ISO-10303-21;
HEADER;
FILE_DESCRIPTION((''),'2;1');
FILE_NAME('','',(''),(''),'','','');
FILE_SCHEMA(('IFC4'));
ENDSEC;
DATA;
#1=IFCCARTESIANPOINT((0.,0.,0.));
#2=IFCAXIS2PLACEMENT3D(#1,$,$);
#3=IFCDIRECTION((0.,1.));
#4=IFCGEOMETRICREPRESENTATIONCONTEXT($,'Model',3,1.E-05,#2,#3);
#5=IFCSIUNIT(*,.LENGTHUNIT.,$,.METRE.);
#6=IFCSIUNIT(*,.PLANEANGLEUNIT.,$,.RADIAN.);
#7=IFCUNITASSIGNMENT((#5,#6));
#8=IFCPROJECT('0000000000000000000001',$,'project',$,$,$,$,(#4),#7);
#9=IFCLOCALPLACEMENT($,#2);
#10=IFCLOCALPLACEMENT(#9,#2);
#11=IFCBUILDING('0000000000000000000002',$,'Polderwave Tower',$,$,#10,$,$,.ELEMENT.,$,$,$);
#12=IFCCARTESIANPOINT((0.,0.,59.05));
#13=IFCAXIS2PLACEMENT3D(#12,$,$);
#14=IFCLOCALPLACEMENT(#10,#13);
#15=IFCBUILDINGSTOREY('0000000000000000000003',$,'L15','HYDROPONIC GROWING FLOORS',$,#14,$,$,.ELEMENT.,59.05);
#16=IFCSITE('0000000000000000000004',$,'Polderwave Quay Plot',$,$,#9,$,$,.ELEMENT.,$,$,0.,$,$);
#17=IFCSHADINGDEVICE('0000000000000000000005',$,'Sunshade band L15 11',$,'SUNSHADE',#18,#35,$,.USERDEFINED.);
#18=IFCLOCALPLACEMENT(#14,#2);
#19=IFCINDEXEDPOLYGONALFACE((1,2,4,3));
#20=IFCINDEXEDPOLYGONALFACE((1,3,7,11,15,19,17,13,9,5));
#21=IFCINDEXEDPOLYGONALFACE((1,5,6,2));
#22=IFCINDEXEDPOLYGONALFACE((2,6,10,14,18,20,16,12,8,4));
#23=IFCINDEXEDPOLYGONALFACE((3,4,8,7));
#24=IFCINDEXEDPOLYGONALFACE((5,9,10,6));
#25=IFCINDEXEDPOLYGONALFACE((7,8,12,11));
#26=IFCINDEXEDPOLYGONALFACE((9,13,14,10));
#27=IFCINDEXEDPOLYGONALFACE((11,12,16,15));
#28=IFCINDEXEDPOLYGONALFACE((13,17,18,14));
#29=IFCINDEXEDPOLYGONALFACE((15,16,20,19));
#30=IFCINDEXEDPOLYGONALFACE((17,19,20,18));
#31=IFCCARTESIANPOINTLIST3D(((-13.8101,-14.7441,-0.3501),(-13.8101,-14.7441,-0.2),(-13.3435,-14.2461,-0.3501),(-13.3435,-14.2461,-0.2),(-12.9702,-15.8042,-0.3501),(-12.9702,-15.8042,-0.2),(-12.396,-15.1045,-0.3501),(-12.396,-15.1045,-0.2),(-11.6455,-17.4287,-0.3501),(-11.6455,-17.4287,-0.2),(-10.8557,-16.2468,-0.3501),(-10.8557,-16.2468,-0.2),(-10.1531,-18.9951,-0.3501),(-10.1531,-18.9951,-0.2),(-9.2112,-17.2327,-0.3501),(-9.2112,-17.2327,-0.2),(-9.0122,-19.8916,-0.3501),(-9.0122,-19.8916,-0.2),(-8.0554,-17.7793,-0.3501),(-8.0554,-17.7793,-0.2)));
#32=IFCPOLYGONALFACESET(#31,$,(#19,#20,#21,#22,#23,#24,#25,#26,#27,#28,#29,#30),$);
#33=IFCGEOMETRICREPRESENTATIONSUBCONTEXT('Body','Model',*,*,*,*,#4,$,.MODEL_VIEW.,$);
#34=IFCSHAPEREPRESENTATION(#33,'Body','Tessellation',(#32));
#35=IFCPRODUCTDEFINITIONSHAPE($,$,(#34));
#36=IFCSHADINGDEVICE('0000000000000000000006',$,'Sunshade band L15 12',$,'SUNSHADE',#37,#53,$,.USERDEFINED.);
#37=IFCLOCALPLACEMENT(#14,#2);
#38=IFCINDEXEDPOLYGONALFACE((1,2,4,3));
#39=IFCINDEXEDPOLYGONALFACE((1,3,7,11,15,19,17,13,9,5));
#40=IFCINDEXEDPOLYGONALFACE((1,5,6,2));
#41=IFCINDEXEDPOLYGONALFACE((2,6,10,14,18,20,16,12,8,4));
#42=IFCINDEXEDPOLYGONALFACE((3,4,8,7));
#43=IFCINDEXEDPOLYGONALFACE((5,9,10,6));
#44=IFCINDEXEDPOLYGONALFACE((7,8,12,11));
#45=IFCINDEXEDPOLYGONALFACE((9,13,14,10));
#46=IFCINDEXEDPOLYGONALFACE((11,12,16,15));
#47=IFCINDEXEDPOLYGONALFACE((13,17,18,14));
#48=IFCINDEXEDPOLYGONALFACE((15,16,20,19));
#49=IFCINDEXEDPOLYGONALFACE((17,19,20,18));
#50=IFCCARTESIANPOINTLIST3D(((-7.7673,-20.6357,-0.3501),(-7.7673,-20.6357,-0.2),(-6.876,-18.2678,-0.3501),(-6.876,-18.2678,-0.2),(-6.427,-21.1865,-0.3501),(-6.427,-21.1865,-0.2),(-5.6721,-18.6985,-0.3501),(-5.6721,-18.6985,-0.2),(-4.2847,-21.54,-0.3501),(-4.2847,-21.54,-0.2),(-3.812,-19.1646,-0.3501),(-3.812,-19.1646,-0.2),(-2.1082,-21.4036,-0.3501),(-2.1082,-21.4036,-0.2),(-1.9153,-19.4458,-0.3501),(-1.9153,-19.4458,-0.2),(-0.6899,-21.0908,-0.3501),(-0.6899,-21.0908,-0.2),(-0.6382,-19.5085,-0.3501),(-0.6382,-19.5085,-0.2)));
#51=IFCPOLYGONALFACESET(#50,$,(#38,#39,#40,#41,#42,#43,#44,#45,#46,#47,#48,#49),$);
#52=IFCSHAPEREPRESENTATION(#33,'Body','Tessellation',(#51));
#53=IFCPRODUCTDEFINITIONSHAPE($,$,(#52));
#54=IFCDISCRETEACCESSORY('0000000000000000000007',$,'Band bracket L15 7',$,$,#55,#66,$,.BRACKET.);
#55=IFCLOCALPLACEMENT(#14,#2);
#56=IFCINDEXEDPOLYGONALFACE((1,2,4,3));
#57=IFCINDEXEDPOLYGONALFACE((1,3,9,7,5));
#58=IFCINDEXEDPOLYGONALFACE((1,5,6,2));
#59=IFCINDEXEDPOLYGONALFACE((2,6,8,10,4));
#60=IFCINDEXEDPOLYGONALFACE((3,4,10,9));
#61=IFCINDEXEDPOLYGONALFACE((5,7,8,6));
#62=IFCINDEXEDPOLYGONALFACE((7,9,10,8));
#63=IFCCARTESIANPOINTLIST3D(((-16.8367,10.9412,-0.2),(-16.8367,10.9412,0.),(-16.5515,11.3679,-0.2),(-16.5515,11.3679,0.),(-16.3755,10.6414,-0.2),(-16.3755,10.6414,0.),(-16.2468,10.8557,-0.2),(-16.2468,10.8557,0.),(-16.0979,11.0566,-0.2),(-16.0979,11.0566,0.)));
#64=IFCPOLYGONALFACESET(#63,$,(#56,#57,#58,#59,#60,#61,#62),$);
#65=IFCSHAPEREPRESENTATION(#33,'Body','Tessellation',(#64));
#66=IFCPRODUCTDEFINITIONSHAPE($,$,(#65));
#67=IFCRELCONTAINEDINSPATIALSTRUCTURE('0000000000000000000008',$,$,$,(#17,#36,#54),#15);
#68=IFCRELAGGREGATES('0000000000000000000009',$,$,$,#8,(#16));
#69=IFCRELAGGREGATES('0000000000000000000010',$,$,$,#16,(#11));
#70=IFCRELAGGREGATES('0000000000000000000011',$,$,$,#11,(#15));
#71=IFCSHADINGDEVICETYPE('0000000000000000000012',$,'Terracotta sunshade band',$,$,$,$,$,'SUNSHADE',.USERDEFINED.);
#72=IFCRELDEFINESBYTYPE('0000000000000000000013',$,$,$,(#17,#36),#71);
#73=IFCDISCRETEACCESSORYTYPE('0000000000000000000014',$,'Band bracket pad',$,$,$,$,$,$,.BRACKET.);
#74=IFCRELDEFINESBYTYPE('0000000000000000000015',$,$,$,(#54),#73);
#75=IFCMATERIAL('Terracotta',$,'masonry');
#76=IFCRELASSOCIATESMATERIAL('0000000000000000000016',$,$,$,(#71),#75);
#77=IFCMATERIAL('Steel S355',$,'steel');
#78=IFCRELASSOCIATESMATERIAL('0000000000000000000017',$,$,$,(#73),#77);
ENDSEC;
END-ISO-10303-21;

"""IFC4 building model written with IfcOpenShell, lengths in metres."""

from ifc_helpers import new_model, si_unit, direction, frame, origin, place, context, subcontext, project, spatial, polyline, outline, extrude, material, type_object, element, save


model = new_model("IFC4")

# Units and contexts
model_context = context("Model", 3, precision=1e-05, world=origin(), true_north=direction((0.0, 1.0)))
body_context = subcontext(model_context, "Body", "Model", "MODEL_VIEW")
ifc_project = project(units=[si_unit("LENGTHUNIT", "METRE"), si_unit("PLANEANGLEUNIT", "RADIAN")], contexts=[model_context])

# Site, building, storey
site_placement = place(None, origin())
site = spatial("IfcSite", under=ifc_project, at=site_placement, Name="Polderwave Quay Plot", CompositionType="ELEMENT", RefElevation=0.0)
building_placement = place(site_placement, origin())
building = spatial("IfcBuilding", under=site, at=building_placement, Name="Polderwave Tower", CompositionType="ELEMENT")
storey_placement = place(building_placement, frame((0.0, 0.0, 59.05)))
storey = spatial("IfcBuildingStorey", under=building, at=storey_placement, Name="L15", Description="HYDROPONIC GROWING FLOORS", CompositionType="ELEMENT", Elevation=59.05)

# Shading devices
ifc_material_1 = material(Name="Terracotta", Category="masonry")
shading_device_type = type_object("IfcShadingDeviceType", Name="Terracotta sunshade band", ElementType="SUNSHADE", PredefinedType="USERDEFINED", material=ifc_material_1)
shading_device_1_placement = place(storey_placement, frame((0.0, 0.0, -0.3501)))
element("IfcShadingDevice", 1, at=shading_device_1_placement, inside=storey, type_object=shading_device_type, Name="Sunshade band L15 11", ObjectType="SUNSHADE", PredefinedType="USERDEFINED", context=body_context, shape_type="SweptSolid", body=[
    extrude(outline(polyline([(-13.3435, -14.2461), (-12.396, -15.1045), (-10.8557, -16.2468), (-9.2112, -17.2327), (-8.0554, -17.7793), (-9.0122, -19.8916), (-10.1531, -18.9951), (-11.6455, -17.4287), (-12.9702, -15.8042), (-13.8101, -14.7441), (-13.3435, -14.2461)])), origin(), (0.0, 0.0, 1.0), 0.1501),
])
shading_device_2_placement = place(storey_placement, frame((0.0, 0.0, -0.3501)))
element("IfcShadingDevice", 2, at=shading_device_2_placement, inside=storey, type_object=shading_device_type, Name="Sunshade band L15 12", ObjectType="SUNSHADE", PredefinedType="USERDEFINED", context=body_context, shape_type="SweptSolid", body=[
    extrude(outline(polyline([(-6.876, -18.2678), (-5.6721, -18.6985), (-3.812, -19.1646), (-1.9153, -19.4458), (-0.6382, -19.5085), (-0.6899, -21.0908), (-2.1082, -21.4036), (-4.2847, -21.54), (-6.427, -21.1865), (-7.7673, -20.6357), (-6.876, -18.2678)])), origin(), (0.0, 0.0, 1.0), 0.1501),
])

# Discrete accessory
ifc_material_2 = material(Name="Steel S355", Category="steel")
discrete_accessory_type = type_object("IfcDiscreteAccessoryType", Name="Band bracket pad", PredefinedType="BRACKET", material=ifc_material_2)
discrete_accessory_placement = place(storey_placement, frame((0.0, 0.0, -0.2)))
element("IfcDiscreteAccessory", 3, at=discrete_accessory_placement, inside=storey, type_object=discrete_accessory_type, Name="Band bracket L15 7", PredefinedType="BRACKET", context=body_context, shape_type="SweptSolid", body=[
    extrude(outline(polyline([(-16.0979, 11.0566), (-16.2468, 10.8557), (-16.3755, 10.6414), (-16.8367, 10.9412), (-16.5515, 11.3679), (-16.0979, 11.0566)])), origin(), (0.0, 0.0, 1.0), 0.2),
])

save(model, "model.ifc")
